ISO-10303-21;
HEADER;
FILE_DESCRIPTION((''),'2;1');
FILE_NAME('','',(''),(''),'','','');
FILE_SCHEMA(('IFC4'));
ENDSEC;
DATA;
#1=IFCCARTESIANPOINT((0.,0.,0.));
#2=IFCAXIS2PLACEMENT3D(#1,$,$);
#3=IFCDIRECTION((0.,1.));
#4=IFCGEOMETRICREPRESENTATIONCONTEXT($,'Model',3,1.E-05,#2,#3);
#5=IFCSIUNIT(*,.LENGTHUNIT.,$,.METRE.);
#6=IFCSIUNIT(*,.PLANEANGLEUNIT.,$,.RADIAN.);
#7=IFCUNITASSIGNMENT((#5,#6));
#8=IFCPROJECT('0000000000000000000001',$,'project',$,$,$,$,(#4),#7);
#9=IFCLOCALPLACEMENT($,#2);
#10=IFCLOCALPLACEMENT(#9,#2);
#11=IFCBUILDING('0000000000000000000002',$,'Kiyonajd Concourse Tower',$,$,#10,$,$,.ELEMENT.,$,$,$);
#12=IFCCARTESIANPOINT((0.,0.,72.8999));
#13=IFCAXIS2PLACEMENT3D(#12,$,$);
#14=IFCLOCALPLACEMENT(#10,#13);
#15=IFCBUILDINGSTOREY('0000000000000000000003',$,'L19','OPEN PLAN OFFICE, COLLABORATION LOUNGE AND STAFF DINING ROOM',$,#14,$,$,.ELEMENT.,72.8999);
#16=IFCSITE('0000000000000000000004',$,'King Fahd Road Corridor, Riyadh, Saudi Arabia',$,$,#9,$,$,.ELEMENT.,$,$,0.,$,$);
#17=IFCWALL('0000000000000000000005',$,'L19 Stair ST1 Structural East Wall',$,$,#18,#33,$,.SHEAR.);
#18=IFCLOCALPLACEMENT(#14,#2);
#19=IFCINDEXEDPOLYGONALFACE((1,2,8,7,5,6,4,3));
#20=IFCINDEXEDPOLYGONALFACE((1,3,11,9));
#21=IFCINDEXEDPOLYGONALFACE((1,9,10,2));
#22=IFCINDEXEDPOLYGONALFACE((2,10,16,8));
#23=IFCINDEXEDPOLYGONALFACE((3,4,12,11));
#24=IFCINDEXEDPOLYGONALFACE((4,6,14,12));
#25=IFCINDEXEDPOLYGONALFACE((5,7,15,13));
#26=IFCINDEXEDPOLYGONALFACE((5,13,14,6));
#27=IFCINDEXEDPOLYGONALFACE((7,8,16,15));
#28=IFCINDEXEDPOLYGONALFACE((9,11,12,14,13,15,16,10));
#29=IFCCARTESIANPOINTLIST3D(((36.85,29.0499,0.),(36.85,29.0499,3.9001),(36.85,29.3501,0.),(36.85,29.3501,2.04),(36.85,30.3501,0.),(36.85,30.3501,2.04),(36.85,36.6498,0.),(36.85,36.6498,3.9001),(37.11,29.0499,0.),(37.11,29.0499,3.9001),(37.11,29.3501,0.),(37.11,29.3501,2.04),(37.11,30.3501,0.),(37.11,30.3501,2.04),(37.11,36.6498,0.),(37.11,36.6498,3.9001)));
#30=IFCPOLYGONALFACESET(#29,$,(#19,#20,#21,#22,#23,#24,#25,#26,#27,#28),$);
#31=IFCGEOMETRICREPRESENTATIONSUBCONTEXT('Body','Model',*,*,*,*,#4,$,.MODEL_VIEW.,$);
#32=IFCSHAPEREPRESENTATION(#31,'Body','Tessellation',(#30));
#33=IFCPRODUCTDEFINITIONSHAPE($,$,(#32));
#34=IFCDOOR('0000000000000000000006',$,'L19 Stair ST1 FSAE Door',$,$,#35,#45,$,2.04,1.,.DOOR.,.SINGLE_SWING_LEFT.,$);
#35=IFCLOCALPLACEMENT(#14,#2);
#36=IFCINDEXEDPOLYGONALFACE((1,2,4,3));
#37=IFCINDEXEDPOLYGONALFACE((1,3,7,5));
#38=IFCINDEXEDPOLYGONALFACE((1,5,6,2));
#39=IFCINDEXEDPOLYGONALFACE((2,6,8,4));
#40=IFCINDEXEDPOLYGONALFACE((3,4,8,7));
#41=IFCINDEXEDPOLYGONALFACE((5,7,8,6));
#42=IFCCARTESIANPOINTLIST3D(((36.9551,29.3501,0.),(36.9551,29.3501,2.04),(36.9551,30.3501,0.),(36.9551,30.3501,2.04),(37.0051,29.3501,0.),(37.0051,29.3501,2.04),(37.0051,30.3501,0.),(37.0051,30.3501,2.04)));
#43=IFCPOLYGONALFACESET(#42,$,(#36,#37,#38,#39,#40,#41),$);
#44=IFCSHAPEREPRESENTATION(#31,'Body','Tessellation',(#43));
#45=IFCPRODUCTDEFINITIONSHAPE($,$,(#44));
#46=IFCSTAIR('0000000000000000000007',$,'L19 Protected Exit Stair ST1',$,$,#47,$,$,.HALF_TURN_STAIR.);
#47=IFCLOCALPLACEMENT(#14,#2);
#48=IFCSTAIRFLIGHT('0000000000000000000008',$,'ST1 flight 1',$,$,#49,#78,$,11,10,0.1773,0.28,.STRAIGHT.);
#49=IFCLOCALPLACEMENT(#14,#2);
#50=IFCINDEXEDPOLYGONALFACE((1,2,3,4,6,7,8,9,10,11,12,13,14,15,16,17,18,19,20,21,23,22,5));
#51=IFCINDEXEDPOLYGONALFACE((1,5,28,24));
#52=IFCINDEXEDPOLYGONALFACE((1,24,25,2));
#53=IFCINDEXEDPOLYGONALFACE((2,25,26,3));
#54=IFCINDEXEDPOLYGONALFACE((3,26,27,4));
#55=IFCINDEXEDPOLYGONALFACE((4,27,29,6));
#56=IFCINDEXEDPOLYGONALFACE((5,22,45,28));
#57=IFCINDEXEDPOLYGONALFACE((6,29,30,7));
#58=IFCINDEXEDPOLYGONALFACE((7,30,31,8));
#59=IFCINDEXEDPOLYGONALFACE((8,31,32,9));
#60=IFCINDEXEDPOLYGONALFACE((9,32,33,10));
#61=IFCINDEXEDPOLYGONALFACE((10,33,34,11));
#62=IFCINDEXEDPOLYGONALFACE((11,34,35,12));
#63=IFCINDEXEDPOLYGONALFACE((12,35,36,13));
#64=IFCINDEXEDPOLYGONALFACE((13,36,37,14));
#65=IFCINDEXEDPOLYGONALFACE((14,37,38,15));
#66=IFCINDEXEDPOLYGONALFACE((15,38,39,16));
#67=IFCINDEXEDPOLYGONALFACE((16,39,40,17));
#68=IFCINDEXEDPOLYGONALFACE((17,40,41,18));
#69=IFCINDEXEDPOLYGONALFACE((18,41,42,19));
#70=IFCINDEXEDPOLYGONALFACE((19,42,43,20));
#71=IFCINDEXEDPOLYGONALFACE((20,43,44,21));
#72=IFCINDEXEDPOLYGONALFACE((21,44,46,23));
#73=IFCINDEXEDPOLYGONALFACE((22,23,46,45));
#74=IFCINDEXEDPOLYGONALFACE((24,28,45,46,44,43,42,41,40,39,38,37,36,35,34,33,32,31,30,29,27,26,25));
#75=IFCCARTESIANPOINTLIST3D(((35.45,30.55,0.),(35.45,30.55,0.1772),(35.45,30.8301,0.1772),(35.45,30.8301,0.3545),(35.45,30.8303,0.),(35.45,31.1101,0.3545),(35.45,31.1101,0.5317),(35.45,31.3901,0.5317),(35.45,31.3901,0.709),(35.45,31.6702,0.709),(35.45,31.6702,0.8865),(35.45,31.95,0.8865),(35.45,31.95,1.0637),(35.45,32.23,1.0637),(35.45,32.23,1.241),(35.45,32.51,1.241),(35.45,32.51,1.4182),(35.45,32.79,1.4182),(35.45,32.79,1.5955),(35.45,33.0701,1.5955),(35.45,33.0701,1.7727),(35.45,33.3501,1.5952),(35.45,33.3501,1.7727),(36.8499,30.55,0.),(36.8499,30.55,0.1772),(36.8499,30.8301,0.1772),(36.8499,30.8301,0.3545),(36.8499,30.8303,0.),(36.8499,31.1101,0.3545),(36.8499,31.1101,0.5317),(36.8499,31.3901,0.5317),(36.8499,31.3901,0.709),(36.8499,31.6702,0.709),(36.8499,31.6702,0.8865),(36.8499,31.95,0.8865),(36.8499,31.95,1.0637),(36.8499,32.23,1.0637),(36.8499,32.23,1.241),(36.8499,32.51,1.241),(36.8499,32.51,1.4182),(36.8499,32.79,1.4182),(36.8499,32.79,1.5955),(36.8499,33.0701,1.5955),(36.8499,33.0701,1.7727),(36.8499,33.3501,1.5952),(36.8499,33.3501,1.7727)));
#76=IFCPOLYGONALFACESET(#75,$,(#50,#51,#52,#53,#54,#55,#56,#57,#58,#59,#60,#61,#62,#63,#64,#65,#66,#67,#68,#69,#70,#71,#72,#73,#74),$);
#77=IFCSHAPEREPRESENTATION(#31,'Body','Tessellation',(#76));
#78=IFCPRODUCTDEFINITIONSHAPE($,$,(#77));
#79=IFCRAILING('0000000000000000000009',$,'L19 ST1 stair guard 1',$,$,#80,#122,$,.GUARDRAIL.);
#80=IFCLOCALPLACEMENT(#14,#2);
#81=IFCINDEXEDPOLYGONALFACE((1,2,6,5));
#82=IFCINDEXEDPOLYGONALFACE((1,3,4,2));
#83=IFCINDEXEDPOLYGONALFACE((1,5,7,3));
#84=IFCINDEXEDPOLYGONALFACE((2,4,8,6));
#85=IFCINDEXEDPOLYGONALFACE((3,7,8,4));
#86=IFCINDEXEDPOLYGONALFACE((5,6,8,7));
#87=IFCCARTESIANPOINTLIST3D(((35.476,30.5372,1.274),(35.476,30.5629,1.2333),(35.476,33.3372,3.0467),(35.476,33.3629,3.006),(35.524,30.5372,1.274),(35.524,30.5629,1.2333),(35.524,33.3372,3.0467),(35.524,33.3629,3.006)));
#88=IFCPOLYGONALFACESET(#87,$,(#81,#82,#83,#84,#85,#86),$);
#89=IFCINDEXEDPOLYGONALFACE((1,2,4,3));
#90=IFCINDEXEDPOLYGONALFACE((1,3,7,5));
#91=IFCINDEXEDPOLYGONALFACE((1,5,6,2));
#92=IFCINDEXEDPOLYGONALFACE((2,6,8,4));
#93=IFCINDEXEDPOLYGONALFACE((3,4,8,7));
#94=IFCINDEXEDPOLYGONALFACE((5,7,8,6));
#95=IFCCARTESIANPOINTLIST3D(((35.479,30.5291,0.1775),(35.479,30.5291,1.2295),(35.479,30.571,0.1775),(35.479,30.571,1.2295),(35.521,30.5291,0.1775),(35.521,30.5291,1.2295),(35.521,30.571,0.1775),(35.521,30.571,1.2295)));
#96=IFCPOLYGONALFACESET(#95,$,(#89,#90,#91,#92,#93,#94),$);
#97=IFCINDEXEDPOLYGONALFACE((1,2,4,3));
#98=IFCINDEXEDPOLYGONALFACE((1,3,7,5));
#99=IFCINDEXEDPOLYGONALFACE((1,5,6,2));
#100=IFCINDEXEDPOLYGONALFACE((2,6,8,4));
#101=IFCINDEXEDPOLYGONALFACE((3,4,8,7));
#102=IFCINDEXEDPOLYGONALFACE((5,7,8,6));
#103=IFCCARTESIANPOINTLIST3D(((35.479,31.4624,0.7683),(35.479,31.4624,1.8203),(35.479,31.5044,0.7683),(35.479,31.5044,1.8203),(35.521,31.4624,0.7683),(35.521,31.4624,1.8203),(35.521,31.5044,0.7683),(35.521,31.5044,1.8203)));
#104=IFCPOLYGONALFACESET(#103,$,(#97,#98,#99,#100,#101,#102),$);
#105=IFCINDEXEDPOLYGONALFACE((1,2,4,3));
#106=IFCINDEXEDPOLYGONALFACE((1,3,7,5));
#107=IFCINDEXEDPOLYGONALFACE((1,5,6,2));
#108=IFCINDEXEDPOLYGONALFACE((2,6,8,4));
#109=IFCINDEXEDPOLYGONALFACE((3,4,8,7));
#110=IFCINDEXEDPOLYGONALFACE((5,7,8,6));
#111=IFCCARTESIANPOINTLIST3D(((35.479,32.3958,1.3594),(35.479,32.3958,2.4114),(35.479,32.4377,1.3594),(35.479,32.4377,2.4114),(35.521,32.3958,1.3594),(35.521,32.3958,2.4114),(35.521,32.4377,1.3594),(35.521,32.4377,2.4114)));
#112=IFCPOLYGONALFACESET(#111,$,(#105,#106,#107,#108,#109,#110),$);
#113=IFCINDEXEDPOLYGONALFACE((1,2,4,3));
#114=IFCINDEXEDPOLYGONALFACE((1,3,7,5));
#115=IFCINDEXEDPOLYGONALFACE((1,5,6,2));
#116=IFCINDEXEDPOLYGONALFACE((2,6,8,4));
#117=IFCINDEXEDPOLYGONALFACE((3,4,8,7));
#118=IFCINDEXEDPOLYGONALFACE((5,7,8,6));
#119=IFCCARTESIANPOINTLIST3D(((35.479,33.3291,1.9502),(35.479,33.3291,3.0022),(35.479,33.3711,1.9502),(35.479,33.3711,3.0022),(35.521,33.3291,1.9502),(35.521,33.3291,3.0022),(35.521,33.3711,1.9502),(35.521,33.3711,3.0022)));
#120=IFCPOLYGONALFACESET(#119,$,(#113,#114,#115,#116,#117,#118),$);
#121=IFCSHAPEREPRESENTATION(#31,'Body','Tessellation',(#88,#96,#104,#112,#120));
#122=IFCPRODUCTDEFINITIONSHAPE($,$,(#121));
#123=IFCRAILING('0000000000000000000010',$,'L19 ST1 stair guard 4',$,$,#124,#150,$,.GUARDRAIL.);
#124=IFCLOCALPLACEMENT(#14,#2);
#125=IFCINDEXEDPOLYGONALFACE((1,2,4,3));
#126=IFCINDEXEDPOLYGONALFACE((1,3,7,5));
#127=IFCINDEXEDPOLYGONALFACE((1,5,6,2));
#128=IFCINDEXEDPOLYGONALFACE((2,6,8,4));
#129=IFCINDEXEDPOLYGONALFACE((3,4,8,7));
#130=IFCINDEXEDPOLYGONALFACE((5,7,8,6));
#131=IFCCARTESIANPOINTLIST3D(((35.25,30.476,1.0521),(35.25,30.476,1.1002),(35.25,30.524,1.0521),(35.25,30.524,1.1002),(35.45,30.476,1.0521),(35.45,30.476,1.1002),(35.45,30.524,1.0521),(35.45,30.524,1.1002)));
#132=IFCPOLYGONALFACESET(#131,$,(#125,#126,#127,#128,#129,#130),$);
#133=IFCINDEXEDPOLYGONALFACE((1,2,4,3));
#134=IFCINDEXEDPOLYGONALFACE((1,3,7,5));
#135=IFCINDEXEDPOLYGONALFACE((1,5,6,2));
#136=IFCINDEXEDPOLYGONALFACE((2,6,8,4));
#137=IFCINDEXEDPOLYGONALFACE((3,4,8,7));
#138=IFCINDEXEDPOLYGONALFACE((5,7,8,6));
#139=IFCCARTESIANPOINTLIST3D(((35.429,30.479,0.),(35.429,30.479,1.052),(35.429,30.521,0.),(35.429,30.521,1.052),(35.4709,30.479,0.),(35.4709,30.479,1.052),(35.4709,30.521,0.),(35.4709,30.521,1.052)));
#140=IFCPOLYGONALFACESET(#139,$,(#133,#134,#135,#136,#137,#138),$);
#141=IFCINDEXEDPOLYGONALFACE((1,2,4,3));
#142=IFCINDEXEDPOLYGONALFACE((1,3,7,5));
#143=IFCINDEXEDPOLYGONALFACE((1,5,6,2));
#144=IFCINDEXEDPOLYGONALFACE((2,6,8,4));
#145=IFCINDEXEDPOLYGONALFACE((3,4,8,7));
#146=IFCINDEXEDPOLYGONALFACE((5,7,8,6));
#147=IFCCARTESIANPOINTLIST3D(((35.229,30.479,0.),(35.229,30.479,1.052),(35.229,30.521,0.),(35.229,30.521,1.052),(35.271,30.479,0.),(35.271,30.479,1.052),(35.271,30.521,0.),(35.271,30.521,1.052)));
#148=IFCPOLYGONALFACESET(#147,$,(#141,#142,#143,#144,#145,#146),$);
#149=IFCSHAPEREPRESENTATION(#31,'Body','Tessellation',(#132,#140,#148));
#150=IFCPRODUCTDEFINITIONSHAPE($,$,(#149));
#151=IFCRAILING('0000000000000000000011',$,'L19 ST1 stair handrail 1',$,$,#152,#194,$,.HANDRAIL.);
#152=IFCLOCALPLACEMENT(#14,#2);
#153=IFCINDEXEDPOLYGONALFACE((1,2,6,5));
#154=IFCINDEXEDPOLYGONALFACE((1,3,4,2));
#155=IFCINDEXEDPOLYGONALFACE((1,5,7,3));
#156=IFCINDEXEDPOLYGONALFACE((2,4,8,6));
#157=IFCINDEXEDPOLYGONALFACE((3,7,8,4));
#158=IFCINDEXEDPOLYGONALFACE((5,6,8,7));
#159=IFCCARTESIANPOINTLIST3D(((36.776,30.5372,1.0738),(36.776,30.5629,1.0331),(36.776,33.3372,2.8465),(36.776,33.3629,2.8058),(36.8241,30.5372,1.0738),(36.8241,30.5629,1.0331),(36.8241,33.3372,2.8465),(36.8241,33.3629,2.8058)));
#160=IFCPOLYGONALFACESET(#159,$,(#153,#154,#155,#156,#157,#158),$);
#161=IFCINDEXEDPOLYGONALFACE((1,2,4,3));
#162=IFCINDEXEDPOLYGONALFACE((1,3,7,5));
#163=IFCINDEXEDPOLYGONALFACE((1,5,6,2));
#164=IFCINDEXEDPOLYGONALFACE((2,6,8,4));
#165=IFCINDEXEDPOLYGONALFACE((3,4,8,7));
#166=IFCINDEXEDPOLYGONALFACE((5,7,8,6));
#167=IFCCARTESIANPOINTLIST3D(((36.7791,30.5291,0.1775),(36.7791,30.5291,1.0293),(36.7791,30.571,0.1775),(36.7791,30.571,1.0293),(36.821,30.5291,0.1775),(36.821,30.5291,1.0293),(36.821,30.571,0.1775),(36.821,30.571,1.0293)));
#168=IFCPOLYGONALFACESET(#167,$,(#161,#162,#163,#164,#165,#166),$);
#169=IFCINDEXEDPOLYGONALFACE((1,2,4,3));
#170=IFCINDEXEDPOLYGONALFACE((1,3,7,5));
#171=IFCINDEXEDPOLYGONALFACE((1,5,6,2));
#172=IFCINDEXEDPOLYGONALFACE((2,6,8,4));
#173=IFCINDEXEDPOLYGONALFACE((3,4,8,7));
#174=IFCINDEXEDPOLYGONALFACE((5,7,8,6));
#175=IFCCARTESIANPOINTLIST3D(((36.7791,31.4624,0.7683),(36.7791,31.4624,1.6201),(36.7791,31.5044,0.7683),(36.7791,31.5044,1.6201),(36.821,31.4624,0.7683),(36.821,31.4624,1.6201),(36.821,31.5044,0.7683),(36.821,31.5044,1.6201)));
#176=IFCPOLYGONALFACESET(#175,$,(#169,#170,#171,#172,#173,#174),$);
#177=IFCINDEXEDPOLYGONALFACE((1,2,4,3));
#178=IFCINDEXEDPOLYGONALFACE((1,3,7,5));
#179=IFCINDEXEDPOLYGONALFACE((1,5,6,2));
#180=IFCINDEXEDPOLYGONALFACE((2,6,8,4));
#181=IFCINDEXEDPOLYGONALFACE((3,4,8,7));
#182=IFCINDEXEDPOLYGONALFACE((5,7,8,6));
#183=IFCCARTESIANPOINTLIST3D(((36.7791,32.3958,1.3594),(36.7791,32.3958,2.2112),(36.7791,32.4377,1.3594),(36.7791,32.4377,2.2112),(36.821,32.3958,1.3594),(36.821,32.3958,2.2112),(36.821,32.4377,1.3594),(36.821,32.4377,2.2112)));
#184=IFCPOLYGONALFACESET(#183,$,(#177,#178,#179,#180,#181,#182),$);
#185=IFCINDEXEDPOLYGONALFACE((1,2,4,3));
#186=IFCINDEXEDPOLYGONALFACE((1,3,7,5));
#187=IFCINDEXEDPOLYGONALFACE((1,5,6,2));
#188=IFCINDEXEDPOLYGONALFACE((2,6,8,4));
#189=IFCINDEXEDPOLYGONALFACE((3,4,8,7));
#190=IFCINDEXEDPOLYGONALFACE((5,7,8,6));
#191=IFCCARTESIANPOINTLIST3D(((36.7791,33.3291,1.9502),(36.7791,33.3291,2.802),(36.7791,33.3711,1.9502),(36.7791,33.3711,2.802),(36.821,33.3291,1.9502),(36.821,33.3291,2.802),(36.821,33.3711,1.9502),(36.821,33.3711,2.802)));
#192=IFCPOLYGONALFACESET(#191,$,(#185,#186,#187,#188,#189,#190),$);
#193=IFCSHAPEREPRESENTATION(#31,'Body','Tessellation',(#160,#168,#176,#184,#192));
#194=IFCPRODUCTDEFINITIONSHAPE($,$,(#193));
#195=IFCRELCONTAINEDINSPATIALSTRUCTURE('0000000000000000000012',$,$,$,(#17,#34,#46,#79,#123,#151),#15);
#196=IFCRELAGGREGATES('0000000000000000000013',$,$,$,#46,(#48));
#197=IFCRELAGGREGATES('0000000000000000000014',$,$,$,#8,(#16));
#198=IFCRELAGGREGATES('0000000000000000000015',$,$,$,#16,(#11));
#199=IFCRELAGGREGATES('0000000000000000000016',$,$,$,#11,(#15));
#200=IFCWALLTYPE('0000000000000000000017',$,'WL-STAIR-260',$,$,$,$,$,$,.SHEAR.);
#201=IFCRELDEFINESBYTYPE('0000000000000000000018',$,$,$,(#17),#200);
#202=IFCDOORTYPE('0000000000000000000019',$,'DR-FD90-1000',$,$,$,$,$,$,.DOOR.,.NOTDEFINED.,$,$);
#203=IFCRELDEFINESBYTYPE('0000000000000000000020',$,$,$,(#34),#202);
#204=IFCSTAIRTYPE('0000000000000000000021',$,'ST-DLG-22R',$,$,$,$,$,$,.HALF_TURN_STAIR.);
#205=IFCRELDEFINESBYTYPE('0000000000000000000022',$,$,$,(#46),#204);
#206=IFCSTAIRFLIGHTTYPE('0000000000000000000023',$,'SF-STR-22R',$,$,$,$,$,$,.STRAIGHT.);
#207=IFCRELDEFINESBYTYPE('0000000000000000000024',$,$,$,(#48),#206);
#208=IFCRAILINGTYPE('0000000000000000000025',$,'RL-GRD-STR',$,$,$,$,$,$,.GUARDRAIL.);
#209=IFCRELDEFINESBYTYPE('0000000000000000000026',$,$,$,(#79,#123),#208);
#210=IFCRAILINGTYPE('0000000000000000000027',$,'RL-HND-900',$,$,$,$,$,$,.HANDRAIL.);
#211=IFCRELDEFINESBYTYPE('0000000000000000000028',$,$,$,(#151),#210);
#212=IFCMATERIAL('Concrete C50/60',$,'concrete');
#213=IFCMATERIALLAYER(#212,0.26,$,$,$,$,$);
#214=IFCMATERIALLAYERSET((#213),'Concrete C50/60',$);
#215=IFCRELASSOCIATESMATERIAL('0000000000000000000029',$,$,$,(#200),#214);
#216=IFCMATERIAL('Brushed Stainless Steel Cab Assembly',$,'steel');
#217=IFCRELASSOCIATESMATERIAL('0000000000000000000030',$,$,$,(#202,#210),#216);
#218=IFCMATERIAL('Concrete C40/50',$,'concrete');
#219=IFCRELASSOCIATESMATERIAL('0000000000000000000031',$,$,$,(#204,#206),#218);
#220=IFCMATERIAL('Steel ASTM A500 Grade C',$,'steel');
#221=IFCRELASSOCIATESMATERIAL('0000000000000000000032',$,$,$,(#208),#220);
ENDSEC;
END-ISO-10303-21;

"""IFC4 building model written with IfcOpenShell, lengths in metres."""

from ifc_helpers import new_model, si_unit, direction, frame, frame_2d, origin, origin_2d, place, context, subcontext, project, spatial, polyline, rectangle, outline, extrude, material, layer, layer_set, type_object, element, fill, aggregate, save


model = new_model("IFC4")

# Units and contexts
model_context = context("Model", 3, precision=1e-05, world=origin(), true_north=direction((0.0, 1.0)))
body_context = subcontext(model_context, "Body", "Model", "MODEL_VIEW")
ifc_project = project(units=[si_unit("LENGTHUNIT", "METRE"), si_unit("PLANEANGLEUNIT", "RADIAN")], contexts=[model_context])

# Site, building, storey
site_placement = place(None, origin())
site = spatial("IfcSite", under=ifc_project, at=site_placement, Name="King Fahd Road Corridor, Riyadh, Saudi Arabia", CompositionType="ELEMENT", RefElevation=0.0)
building_placement = place(site_placement, origin())
building = spatial("IfcBuilding", under=site, at=building_placement, Name="Kiyonajd Concourse Tower", CompositionType="ELEMENT")
storey_placement = place(building_placement, frame((0.0, 0.0, 72.8999)))
storey = spatial("IfcBuildingStorey", under=building, at=storey_placement, Name="L19", Description="OPEN PLAN OFFICE, COLLABORATION LOUNGE AND STAFF DINING ROOM", CompositionType="ELEMENT", Elevation=72.8999)

# Shared definitions
ifc_material_1 = material(Name="Brushed Stainless Steel Cab Assembly", Category="steel")

# Shared definitions
ifc_material_2 = material(Name="Concrete C50/60", Category="concrete")
ifc_layer_1 = layer(ifc_material_2, 0.26)
ifc_layer_set_1 = layer_set([ifc_layer_1], Name="Concrete C50/60")
wall_type_1 = type_object("IfcWallType", Name="WL-STAIR-260", PredefinedType="SHEAR", material=ifc_layer_set_1)

# Wall, opening, door
wall_1_placement = place(storey_placement, frame((36.98, 29.05, 0.0), z_axis=(0.0, 0.0, 1.0), x_axis=(0.0, 1.0, 0.0)))
wall_1 = element("IfcWall", 1, at=wall_1_placement, inside=storey, type_object=wall_type_1, Name="L19 Stair ST1 Structural East Wall", PredefinedType="SHEAR", context=body_context, shape_type="SweptSolid", body=[
    extrude(rectangle(XDim=7.5999, YDim=0.26, at=frame_2d((3.7998, 0.0))), origin(), (0.0, 0.0, 1.0), 3.9001),
])
opening_1_placement = place(wall_1_placement, frame((0.3, 0.0, 0.0)))
opening_1 = element("IfcOpeningElement", 2, at=opening_1_placement, cuts=wall_1, PredefinedType="OPENING", context=body_context, shape_type="SweptSolid", body=[
    extrude(rectangle(XDim=1.0, YDim=2.04, at=frame_2d((0.5, 1.02))), frame((0.0, 0.1399, 0.0), z_axis=(0.0, -1.0, 0.0), x_axis=(1.0, 0.0, 0.0)), (0.0, 0.0, 1.0), 0.28),
])
door_type_1 = type_object("IfcDoorType", Name="DR-FD90-1000", OperationType="NOTDEFINED", PredefinedType="DOOR", material=ifc_material_1)
door_1_placement = place(opening_1_placement, origin())
door_1 = element("IfcDoor", 3, at=door_1_placement, inside=storey, type_object=door_type_1, Name="L19 Stair ST1 FSAE Door", OperationType="SINGLE_SWING_LEFT", OverallHeight=2.04, OverallWidth=1.0, PredefinedType="DOOR", context=body_context, shape_type="SweptSolid", body=[
    extrude(rectangle(XDim=1.0, YDim=2.04, at=frame_2d((0.5, 1.02))), frame((0.0, 0.0249, 0.0), z_axis=(0.0, -1.0, 0.0), x_axis=(1.0, 0.0, 0.0)), (0.0, 0.0, 1.0), 0.05),
])
fill(opening_1, door_1)

# Stair, stair flight
ifc_material_3 = material(Name="Concrete C40/50", Category="concrete")
stair_type = type_object("IfcStairType", Name="ST-DLG-22R", PredefinedType="HALF_TURN_STAIR", material=ifc_material_3)
stair_placement = place(storey_placement, origin())
stair = element("IfcStair", 4, at=stair_placement, inside=storey, type_object=stair_type, Name="L19 Protected Exit Stair ST1", PredefinedType="HALF_TURN_STAIR")
stair_flight_type = type_object("IfcStairFlightType", Name="SF-STR-22R", PredefinedType="STRAIGHT", material=ifc_material_3)
stair_flight_placement = place(storey_placement, frame((36.1499, 30.55, 0.0), z_axis=(0.0, 0.0, 1.0), x_axis=(0.0, 1.0, 0.0)))
stair_flight = element("IfcStairFlight", 5, at=stair_flight_placement, type_object=stair_flight_type, Name="ST1 flight 1", NumberOfRisers=11, NumberOfTreads=10, PredefinedType="STRAIGHT", RiserHeight=0.1773, TreadLength=0.28, context=body_context, shape_type="SweptSolid", body=[
    extrude(outline(polyline([(0.0, 0.0), (0.0, 0.1772), (0.28, 0.1772), (0.28, 0.3545), (0.5601, 0.3545), (0.5601, 0.5317), (0.8401, 0.5317), (0.8401, 0.709), (1.1201, 0.709), (1.1201, 0.8865), (1.3999, 0.8865), (1.3999, 1.0637), (1.6799, 1.0637), (1.6799, 1.241), (1.96, 1.241), (1.96, 1.4182), (2.24, 1.4182), (2.24, 1.5955), (2.52, 1.5955), (2.52, 1.7727), (2.8, 1.7727), (2.8, 1.95), (2.8, 1.5952), (0.2803, 0.0), (0.0, 0.0)])), frame((0.0, 0.7, 0.0), z_axis=(0.0, -1.0, 0.0), x_axis=(1.0, 0.0, 0.0)), (0.0, 0.0, 1.0), 1.3999),
])
aggregate(stair, [stair_flight])

# Railings
ifc_material_4 = material(Name="Steel ASTM A500 Grade C", Category="steel")
railing_type_1 = type_object("IfcRailingType", Name="RL-GRD-STR", PredefinedType="GUARDRAIL", material=ifc_material_4)
railing_1_placement = place(storey_placement, frame((35.5, 30.55, 0.1775)))
element("IfcRailing", 6, at=railing_1_placement, inside=storey, type_object=railing_type_1, Name="L19 ST1 stair guard 1", PredefinedType="GUARDRAIL", context=body_context, shape_type="SweptSolid", body=[
    extrude(rectangle(XDim=0.0481, YDim=0.0481, at=origin_2d()), frame((0.0, 0.0, 1.0762), z_axis=(0.0, 0.844909, 0.53491), x_axis=(-1.0, 0.0, 0.0)), (0.0, 0.0, 1.0), 3.314),
    extrude(rectangle(XDim=0.042, YDim=0.042, at=origin_2d()), origin(), (0.0, 0.0, 1.0), 1.052),
    extrude(rectangle(XDim=0.042, YDim=0.042, at=origin_2d()), frame((0.0, 0.9333, 0.5908)), (0.0, 0.0, 1.0), 1.052),
    extrude(rectangle(XDim=0.042, YDim=0.042, at=origin_2d()), frame((0.0, 1.8667, 1.1819)), (0.0, 0.0, 1.0), 1.052),
    extrude(rectangle(XDim=0.042, YDim=0.042, at=origin_2d()), frame((0.0, 2.8, 1.7727)), (0.0, 0.0, 1.0), 1.052),
])
railing_2_placement = place(storey_placement, frame((35.45, 30.5, 0.0)))
element("IfcRailing", 7, at=railing_2_placement, inside=storey, type_object=railing_type_1, Name="L19 ST1 stair guard 4", PredefinedType="GUARDRAIL", context=body_context, shape_type="SweptSolid", body=[
    extrude(rectangle(XDim=0.0481, YDim=0.0481, at=origin_2d()), frame((0.0, 0.0, 1.0762), z_axis=(-1.0, 0.0, 0.0), x_axis=(0.0, -1.0, 0.0)), (0.0, 0.0, 1.0), 0.2),
    extrude(rectangle(XDim=0.042, YDim=0.042, at=origin_2d()), origin(), (0.0, 0.0, 1.0), 1.052),
    extrude(rectangle(XDim=0.042, YDim=0.042, at=origin_2d()), frame((-0.2, 0.0, 0.0)), (0.0, 0.0, 1.0), 1.052),
])
railing_type_2 = type_object("IfcRailingType", Name="RL-HND-900", PredefinedType="HANDRAIL", material=ifc_material_1)
railing_3_placement = place(storey_placement, frame((36.8, 30.55, 0.1775)))
element("IfcRailing", 8, at=railing_3_placement, inside=storey, type_object=railing_type_2, Name="L19 ST1 stair handrail 1", PredefinedType="HANDRAIL", context=body_context, shape_type="SweptSolid", body=[
    extrude(rectangle(XDim=0.0481, YDim=0.0481, at=origin_2d()), frame((0.0, 0.0, 0.876), z_axis=(0.0, 0.844909, 0.53491), x_axis=(-1.0, 0.0, 0.0)), (0.0, 0.0, 1.0), 3.314),
    extrude(rectangle(XDim=0.042, YDim=0.042, at=origin_2d()), origin(), (0.0, 0.0, 1.0), 0.8518),
    extrude(rectangle(XDim=0.042, YDim=0.042, at=origin_2d()), frame((0.0, 0.9333, 0.5908)), (0.0, 0.0, 1.0), 0.8518),
    extrude(rectangle(XDim=0.042, YDim=0.042, at=origin_2d()), frame((0.0, 1.8667, 1.1819)), (0.0, 0.0, 1.0), 0.8518),
    extrude(rectangle(XDim=0.042, YDim=0.042, at=origin_2d()), frame((0.0, 2.8, 1.7727)), (0.0, 0.0, 1.0), 0.8518),
])

save(model, "model.ifc")
